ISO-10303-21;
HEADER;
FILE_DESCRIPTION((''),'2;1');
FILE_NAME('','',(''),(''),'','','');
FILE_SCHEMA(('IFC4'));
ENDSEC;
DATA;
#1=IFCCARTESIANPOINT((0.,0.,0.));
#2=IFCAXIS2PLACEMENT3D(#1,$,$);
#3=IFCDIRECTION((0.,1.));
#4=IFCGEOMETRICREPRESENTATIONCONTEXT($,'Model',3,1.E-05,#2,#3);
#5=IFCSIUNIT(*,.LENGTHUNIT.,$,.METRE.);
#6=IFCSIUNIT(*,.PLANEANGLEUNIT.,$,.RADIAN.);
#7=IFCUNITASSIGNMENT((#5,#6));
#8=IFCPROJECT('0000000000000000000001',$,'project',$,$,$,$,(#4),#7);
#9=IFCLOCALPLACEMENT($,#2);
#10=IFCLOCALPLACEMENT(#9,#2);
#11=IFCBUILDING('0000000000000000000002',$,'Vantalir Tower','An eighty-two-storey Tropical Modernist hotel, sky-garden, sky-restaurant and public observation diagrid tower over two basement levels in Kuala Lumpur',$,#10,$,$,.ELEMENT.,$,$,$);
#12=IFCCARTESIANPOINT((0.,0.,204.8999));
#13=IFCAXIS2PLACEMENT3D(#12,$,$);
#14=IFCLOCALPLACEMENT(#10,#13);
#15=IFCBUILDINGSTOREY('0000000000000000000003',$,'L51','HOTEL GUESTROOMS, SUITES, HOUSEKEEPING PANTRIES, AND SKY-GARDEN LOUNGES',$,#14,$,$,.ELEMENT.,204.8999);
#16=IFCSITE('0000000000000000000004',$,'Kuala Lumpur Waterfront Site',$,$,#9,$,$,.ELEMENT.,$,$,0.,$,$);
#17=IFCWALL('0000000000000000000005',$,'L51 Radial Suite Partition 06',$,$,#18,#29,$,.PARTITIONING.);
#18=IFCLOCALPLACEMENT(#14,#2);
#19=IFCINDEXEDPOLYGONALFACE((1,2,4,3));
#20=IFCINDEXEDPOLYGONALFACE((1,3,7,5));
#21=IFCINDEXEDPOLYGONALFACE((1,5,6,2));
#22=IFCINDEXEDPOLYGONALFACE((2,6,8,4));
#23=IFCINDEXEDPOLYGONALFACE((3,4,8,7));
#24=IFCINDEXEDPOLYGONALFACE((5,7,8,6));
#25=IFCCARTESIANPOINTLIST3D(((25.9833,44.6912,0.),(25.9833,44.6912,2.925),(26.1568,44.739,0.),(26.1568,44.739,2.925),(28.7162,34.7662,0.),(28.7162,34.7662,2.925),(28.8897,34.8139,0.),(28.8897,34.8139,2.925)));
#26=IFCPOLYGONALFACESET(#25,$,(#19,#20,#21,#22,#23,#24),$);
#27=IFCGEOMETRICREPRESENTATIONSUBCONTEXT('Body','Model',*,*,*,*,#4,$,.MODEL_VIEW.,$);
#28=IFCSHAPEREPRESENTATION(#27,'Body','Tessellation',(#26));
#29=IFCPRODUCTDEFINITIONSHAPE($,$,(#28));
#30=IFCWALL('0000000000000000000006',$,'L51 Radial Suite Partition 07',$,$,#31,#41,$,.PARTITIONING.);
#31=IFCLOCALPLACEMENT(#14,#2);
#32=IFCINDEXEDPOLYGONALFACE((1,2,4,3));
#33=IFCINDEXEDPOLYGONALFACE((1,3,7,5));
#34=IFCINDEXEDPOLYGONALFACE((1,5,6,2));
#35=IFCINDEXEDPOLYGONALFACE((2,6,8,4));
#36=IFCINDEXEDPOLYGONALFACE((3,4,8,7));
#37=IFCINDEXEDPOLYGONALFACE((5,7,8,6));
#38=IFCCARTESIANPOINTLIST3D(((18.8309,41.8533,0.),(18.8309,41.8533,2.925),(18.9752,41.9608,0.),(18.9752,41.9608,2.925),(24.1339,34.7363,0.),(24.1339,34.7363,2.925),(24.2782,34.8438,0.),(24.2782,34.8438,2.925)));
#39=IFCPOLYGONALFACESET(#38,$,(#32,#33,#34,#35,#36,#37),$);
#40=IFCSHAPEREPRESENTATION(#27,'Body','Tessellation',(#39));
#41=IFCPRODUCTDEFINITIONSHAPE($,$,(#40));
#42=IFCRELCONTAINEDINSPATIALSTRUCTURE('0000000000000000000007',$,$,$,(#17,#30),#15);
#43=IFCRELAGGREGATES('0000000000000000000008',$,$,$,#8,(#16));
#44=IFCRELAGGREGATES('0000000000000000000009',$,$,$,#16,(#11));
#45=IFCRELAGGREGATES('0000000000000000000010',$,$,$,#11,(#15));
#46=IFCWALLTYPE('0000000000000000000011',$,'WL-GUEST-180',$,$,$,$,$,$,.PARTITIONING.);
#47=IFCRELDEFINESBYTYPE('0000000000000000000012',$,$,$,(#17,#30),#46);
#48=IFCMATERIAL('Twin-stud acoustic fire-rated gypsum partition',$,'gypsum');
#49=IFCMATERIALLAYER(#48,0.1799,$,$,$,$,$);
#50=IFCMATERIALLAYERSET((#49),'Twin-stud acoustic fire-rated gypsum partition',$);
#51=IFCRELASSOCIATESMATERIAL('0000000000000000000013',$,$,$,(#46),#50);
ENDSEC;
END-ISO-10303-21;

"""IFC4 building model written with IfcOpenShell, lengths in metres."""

from ifc_helpers import new_model, si_unit, direction, frame, frame_2d, origin, place, context, subcontext, project, spatial, rectangle, extrude, material, layer, layer_set, type_object, element, save


model = new_model("IFC4")

# Units and contexts
model_context = context("Model", 3, precision=1e-05, world=origin(), true_north=direction((0.0, 1.0)))
body_context = subcontext(model_context, "Body", "Model", "MODEL_VIEW")
ifc_project = project(units=[si_unit("LENGTHUNIT", "METRE"), si_unit("PLANEANGLEUNIT", "RADIAN")], contexts=[model_context])

# Site, building, storey
site_placement = place(None, origin())
site = spatial("IfcSite", under=ifc_project, at=site_placement, Name="Kuala Lumpur Waterfront Site", CompositionType="ELEMENT", RefElevation=0.0)
building_placement = place(site_placement, origin())
building = spatial("IfcBuilding", under=site, at=building_placement, Name="Vantalir Tower", Description="An eighty-two-storey Tropical Modernist hotel, sky-garden, sky-restaurant and public observation diagrid tower over two basement levels in Kuala Lumpur", CompositionType="ELEMENT")
storey_placement = place(building_placement, frame((0.0, 0.0, 204.8999)))
storey = spatial("IfcBuildingStorey", under=building, at=storey_placement, Name="L51", Description="HOTEL GUESTROOMS, SUITES, HOUSEKEEPING PANTRIES, AND SKY-GARDEN LOUNGES", CompositionType="ELEMENT", Elevation=204.8999)

# Walls
ifc_material_1 = material(Name="Twin-stud acoustic fire-rated gypsum partition", Category="gypsum")
ifc_layer_1 = layer(ifc_material_1, 0.1799)
ifc_layer_set_1 = layer_set([ifc_layer_1], Name="Twin-stud acoustic fire-rated gypsum partition")
wall_type_1 = type_object("IfcWallType", Name="WL-GUEST-180", PredefinedType="PARTITIONING", material=ifc_layer_set_1)
wall_1_placement = place(storey_placement, frame((28.803, 34.79, 0.0), z_axis=(0.0, 0.0, 1.0), x_axis=(-0.265475, 0.964118, 0.0)))
element("IfcWall", 1, at=wall_1_placement, inside=storey, type_object=wall_type_1, Name="L51 Radial Suite Partition 06", PredefinedType="PARTITIONING", context=body_context, shape_type="SweptSolid", body=[
    extrude(rectangle(XDim=10.2944, YDim=0.1799, at=frame_2d((5.1472, 0.0))), origin(), (0.0, 0.0, 1.0), 2.925),
])
wall_2_placement = place(storey_placement, frame((24.2061, 34.79, 0.0), z_axis=(0.0, 0.0, 1.0), x_axis=(-0.597493, 0.801874, 0.0)))
element("IfcWall", 2, at=wall_2_placement, inside=storey, type_object=wall_type_1, Name="L51 Radial Suite Partition 07", PredefinedType="PARTITIONING", context=body_context, shape_type="SweptSolid", body=[
    extrude(rectangle(XDim=8.8755, YDim=0.1799, at=frame_2d((4.4377, 0.0))), origin(), (0.0, 0.0, 1.0), 2.925),
])

save(model, "model.ifc")
